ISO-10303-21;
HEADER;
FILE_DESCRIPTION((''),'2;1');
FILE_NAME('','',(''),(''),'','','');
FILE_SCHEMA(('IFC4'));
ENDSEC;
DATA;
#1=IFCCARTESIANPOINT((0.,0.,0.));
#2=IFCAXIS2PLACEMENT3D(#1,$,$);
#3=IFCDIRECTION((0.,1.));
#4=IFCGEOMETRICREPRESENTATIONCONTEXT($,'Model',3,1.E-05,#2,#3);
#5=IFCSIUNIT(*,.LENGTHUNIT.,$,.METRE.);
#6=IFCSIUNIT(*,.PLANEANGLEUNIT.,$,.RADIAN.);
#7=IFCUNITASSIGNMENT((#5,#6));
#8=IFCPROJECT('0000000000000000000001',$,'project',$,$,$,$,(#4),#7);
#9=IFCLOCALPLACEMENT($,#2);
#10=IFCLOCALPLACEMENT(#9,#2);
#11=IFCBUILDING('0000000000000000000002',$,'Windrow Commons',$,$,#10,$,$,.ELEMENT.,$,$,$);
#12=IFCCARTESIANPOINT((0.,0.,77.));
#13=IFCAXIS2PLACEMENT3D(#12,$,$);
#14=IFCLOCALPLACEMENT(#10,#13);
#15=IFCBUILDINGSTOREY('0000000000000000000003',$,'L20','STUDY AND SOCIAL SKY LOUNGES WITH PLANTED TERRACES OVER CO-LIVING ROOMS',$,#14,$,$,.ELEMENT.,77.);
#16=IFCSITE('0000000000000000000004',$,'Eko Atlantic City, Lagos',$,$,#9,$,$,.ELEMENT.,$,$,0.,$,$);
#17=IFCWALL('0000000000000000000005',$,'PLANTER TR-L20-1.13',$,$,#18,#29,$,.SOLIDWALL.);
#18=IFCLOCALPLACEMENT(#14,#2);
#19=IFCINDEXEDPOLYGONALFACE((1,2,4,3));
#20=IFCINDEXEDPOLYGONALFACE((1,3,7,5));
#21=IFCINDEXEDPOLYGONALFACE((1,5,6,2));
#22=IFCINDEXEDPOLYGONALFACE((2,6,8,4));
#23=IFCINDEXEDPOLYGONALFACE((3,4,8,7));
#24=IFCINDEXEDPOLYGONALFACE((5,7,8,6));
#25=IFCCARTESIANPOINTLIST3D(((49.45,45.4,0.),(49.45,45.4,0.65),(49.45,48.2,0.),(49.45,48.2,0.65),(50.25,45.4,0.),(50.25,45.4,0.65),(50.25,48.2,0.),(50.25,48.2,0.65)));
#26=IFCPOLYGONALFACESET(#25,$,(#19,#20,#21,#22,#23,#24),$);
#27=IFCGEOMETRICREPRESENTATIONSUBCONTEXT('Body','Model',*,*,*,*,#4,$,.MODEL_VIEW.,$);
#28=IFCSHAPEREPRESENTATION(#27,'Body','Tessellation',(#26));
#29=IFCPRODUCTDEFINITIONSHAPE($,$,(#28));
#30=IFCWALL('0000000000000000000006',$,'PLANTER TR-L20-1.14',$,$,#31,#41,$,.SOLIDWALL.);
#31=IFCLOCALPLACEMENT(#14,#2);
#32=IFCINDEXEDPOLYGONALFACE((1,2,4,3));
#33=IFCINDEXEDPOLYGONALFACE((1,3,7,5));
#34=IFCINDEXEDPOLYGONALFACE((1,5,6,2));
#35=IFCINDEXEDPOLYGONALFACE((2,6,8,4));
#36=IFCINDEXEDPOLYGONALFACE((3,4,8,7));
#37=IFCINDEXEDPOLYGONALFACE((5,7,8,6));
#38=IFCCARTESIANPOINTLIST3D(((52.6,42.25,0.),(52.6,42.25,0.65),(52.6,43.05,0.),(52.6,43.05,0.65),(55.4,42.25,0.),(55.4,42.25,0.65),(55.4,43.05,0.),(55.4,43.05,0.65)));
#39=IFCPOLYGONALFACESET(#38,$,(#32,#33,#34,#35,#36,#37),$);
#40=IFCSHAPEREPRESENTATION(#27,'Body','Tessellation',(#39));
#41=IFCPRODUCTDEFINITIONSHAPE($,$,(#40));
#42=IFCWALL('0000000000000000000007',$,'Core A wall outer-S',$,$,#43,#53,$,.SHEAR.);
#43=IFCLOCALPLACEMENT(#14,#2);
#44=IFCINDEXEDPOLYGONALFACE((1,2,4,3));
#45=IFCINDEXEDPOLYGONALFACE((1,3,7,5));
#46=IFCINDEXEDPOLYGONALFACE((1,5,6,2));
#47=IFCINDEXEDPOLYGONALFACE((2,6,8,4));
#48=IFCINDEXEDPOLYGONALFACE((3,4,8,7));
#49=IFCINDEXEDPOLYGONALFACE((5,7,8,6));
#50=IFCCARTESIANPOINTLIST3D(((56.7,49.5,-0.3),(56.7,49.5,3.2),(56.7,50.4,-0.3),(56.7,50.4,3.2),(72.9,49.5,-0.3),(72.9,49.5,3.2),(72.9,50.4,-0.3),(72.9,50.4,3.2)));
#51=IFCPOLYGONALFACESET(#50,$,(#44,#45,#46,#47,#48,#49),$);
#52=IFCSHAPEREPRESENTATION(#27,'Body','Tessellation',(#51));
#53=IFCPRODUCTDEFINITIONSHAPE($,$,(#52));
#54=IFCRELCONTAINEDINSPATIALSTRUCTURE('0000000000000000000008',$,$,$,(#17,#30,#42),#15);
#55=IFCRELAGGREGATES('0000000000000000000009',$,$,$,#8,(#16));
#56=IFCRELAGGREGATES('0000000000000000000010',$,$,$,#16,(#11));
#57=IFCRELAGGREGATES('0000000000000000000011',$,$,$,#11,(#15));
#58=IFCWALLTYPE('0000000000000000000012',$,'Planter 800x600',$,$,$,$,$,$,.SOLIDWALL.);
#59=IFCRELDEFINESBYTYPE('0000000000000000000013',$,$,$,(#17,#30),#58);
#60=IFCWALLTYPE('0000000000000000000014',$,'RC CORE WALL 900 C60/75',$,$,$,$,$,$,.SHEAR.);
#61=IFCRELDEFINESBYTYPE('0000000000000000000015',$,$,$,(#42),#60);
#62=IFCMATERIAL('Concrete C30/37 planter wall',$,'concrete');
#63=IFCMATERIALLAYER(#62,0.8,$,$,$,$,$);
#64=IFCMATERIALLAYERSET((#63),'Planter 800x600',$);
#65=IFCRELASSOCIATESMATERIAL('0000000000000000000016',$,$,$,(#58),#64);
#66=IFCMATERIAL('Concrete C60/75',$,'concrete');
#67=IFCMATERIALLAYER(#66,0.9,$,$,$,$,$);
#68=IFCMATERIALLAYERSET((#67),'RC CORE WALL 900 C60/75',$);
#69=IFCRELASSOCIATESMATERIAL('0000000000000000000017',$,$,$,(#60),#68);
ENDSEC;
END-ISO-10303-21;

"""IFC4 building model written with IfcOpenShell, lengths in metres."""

from ifc_helpers import new_model, si_unit, direction, frame, frame_2d, origin, place, context, subcontext, project, spatial, rectangle, extrude, material, layer, layer_set, type_object, element, save


model = new_model("IFC4")

# Units and contexts
model_context = context("Model", 3, precision=1e-05, world=origin(), true_north=direction((0.0, 1.0)))
body_context = subcontext(model_context, "Body", "Model", "MODEL_VIEW")
ifc_project = project(units=[si_unit("LENGTHUNIT", "METRE"), si_unit("PLANEANGLEUNIT", "RADIAN")], contexts=[model_context])

# Site, building, storey
site_placement = place(None, origin())
site = spatial("IfcSite", under=ifc_project, at=site_placement, Name="Eko Atlantic City, Lagos", CompositionType="ELEMENT", RefElevation=0.0)
building_placement = place(site_placement, origin())
building = spatial("IfcBuilding", under=site, at=building_placement, Name="Windrow Commons", CompositionType="ELEMENT")
storey_placement = place(building_placement, frame((0.0, 0.0, 77.0)))
storey = spatial("IfcBuildingStorey", under=building, at=storey_placement, Name="L20", Description="STUDY AND SOCIAL SKY LOUNGES WITH PLANTED TERRACES OVER CO-LIVING ROOMS", CompositionType="ELEMENT", Elevation=77.0)

# Walls
ifc_material_1 = material(Name="Concrete C30/37 planter wall", Category="concrete")
ifc_layer_1 = layer(ifc_material_1, 0.8)
ifc_layer_set_1 = layer_set([ifc_layer_1], Name="Planter 800x600")
wall_type_1 = type_object("IfcWallType", Name="Planter 800x600", PredefinedType="SOLIDWALL", material=ifc_layer_set_1)
for number, where, z_axis, x_axis, name in (
    (1, (49.85, 48.2, 0.0), (0.0, 0.0, 1.0), (0.0, -1.0, 0.0), "PLANTER TR-L20-1.13"),
    (2, (52.6, 42.65, 0.0), (0.0, 0.0, 1.0), (1.0, 0.0, 0.0), "PLANTER TR-L20-1.14"),
):
    element("IfcWall", number, at=place(storey_placement, frame(where, z_axis=z_axis, x_axis=x_axis)), inside=storey, type_object=wall_type_1, Name=name, PredefinedType="SOLIDWALL", context=body_context, shape_type="SweptSolid", body=[
        extrude(rectangle(XDim=2.8, YDim=0.8, at=frame_2d((1.4, 0.0))), origin(), (0.0, 0.0, 1.0), 0.65),
    ])
ifc_material_2 = material(Name="Concrete C60/75", Category="concrete")
ifc_layer_2 = layer(ifc_material_2, 0.9)
ifc_layer_set_2 = layer_set([ifc_layer_2], Name="RC CORE WALL 900 C60/75")
wall_type_2 = type_object("IfcWallType", Name="RC CORE WALL 900 C60/75", PredefinedType="SHEAR", material=ifc_layer_set_2)
wall_1_placement = place(storey_placement, frame((56.7, 49.95, -0.3), z_axis=(0.0, 0.0, 1.0), x_axis=(1.0, 0.0, 0.0)))
element("IfcWall", 3, at=wall_1_placement, inside=storey, type_object=wall_type_2, Name="Core A wall outer-S", PredefinedType="SHEAR", context=body_context, shape_type="SweptSolid", body=[
    extrude(rectangle(XDim=16.2, YDim=0.9, at=frame_2d((8.1, 0.0))), origin(), (0.0, 0.0, 1.0), 3.5),
])

save(model, "model.ifc")
